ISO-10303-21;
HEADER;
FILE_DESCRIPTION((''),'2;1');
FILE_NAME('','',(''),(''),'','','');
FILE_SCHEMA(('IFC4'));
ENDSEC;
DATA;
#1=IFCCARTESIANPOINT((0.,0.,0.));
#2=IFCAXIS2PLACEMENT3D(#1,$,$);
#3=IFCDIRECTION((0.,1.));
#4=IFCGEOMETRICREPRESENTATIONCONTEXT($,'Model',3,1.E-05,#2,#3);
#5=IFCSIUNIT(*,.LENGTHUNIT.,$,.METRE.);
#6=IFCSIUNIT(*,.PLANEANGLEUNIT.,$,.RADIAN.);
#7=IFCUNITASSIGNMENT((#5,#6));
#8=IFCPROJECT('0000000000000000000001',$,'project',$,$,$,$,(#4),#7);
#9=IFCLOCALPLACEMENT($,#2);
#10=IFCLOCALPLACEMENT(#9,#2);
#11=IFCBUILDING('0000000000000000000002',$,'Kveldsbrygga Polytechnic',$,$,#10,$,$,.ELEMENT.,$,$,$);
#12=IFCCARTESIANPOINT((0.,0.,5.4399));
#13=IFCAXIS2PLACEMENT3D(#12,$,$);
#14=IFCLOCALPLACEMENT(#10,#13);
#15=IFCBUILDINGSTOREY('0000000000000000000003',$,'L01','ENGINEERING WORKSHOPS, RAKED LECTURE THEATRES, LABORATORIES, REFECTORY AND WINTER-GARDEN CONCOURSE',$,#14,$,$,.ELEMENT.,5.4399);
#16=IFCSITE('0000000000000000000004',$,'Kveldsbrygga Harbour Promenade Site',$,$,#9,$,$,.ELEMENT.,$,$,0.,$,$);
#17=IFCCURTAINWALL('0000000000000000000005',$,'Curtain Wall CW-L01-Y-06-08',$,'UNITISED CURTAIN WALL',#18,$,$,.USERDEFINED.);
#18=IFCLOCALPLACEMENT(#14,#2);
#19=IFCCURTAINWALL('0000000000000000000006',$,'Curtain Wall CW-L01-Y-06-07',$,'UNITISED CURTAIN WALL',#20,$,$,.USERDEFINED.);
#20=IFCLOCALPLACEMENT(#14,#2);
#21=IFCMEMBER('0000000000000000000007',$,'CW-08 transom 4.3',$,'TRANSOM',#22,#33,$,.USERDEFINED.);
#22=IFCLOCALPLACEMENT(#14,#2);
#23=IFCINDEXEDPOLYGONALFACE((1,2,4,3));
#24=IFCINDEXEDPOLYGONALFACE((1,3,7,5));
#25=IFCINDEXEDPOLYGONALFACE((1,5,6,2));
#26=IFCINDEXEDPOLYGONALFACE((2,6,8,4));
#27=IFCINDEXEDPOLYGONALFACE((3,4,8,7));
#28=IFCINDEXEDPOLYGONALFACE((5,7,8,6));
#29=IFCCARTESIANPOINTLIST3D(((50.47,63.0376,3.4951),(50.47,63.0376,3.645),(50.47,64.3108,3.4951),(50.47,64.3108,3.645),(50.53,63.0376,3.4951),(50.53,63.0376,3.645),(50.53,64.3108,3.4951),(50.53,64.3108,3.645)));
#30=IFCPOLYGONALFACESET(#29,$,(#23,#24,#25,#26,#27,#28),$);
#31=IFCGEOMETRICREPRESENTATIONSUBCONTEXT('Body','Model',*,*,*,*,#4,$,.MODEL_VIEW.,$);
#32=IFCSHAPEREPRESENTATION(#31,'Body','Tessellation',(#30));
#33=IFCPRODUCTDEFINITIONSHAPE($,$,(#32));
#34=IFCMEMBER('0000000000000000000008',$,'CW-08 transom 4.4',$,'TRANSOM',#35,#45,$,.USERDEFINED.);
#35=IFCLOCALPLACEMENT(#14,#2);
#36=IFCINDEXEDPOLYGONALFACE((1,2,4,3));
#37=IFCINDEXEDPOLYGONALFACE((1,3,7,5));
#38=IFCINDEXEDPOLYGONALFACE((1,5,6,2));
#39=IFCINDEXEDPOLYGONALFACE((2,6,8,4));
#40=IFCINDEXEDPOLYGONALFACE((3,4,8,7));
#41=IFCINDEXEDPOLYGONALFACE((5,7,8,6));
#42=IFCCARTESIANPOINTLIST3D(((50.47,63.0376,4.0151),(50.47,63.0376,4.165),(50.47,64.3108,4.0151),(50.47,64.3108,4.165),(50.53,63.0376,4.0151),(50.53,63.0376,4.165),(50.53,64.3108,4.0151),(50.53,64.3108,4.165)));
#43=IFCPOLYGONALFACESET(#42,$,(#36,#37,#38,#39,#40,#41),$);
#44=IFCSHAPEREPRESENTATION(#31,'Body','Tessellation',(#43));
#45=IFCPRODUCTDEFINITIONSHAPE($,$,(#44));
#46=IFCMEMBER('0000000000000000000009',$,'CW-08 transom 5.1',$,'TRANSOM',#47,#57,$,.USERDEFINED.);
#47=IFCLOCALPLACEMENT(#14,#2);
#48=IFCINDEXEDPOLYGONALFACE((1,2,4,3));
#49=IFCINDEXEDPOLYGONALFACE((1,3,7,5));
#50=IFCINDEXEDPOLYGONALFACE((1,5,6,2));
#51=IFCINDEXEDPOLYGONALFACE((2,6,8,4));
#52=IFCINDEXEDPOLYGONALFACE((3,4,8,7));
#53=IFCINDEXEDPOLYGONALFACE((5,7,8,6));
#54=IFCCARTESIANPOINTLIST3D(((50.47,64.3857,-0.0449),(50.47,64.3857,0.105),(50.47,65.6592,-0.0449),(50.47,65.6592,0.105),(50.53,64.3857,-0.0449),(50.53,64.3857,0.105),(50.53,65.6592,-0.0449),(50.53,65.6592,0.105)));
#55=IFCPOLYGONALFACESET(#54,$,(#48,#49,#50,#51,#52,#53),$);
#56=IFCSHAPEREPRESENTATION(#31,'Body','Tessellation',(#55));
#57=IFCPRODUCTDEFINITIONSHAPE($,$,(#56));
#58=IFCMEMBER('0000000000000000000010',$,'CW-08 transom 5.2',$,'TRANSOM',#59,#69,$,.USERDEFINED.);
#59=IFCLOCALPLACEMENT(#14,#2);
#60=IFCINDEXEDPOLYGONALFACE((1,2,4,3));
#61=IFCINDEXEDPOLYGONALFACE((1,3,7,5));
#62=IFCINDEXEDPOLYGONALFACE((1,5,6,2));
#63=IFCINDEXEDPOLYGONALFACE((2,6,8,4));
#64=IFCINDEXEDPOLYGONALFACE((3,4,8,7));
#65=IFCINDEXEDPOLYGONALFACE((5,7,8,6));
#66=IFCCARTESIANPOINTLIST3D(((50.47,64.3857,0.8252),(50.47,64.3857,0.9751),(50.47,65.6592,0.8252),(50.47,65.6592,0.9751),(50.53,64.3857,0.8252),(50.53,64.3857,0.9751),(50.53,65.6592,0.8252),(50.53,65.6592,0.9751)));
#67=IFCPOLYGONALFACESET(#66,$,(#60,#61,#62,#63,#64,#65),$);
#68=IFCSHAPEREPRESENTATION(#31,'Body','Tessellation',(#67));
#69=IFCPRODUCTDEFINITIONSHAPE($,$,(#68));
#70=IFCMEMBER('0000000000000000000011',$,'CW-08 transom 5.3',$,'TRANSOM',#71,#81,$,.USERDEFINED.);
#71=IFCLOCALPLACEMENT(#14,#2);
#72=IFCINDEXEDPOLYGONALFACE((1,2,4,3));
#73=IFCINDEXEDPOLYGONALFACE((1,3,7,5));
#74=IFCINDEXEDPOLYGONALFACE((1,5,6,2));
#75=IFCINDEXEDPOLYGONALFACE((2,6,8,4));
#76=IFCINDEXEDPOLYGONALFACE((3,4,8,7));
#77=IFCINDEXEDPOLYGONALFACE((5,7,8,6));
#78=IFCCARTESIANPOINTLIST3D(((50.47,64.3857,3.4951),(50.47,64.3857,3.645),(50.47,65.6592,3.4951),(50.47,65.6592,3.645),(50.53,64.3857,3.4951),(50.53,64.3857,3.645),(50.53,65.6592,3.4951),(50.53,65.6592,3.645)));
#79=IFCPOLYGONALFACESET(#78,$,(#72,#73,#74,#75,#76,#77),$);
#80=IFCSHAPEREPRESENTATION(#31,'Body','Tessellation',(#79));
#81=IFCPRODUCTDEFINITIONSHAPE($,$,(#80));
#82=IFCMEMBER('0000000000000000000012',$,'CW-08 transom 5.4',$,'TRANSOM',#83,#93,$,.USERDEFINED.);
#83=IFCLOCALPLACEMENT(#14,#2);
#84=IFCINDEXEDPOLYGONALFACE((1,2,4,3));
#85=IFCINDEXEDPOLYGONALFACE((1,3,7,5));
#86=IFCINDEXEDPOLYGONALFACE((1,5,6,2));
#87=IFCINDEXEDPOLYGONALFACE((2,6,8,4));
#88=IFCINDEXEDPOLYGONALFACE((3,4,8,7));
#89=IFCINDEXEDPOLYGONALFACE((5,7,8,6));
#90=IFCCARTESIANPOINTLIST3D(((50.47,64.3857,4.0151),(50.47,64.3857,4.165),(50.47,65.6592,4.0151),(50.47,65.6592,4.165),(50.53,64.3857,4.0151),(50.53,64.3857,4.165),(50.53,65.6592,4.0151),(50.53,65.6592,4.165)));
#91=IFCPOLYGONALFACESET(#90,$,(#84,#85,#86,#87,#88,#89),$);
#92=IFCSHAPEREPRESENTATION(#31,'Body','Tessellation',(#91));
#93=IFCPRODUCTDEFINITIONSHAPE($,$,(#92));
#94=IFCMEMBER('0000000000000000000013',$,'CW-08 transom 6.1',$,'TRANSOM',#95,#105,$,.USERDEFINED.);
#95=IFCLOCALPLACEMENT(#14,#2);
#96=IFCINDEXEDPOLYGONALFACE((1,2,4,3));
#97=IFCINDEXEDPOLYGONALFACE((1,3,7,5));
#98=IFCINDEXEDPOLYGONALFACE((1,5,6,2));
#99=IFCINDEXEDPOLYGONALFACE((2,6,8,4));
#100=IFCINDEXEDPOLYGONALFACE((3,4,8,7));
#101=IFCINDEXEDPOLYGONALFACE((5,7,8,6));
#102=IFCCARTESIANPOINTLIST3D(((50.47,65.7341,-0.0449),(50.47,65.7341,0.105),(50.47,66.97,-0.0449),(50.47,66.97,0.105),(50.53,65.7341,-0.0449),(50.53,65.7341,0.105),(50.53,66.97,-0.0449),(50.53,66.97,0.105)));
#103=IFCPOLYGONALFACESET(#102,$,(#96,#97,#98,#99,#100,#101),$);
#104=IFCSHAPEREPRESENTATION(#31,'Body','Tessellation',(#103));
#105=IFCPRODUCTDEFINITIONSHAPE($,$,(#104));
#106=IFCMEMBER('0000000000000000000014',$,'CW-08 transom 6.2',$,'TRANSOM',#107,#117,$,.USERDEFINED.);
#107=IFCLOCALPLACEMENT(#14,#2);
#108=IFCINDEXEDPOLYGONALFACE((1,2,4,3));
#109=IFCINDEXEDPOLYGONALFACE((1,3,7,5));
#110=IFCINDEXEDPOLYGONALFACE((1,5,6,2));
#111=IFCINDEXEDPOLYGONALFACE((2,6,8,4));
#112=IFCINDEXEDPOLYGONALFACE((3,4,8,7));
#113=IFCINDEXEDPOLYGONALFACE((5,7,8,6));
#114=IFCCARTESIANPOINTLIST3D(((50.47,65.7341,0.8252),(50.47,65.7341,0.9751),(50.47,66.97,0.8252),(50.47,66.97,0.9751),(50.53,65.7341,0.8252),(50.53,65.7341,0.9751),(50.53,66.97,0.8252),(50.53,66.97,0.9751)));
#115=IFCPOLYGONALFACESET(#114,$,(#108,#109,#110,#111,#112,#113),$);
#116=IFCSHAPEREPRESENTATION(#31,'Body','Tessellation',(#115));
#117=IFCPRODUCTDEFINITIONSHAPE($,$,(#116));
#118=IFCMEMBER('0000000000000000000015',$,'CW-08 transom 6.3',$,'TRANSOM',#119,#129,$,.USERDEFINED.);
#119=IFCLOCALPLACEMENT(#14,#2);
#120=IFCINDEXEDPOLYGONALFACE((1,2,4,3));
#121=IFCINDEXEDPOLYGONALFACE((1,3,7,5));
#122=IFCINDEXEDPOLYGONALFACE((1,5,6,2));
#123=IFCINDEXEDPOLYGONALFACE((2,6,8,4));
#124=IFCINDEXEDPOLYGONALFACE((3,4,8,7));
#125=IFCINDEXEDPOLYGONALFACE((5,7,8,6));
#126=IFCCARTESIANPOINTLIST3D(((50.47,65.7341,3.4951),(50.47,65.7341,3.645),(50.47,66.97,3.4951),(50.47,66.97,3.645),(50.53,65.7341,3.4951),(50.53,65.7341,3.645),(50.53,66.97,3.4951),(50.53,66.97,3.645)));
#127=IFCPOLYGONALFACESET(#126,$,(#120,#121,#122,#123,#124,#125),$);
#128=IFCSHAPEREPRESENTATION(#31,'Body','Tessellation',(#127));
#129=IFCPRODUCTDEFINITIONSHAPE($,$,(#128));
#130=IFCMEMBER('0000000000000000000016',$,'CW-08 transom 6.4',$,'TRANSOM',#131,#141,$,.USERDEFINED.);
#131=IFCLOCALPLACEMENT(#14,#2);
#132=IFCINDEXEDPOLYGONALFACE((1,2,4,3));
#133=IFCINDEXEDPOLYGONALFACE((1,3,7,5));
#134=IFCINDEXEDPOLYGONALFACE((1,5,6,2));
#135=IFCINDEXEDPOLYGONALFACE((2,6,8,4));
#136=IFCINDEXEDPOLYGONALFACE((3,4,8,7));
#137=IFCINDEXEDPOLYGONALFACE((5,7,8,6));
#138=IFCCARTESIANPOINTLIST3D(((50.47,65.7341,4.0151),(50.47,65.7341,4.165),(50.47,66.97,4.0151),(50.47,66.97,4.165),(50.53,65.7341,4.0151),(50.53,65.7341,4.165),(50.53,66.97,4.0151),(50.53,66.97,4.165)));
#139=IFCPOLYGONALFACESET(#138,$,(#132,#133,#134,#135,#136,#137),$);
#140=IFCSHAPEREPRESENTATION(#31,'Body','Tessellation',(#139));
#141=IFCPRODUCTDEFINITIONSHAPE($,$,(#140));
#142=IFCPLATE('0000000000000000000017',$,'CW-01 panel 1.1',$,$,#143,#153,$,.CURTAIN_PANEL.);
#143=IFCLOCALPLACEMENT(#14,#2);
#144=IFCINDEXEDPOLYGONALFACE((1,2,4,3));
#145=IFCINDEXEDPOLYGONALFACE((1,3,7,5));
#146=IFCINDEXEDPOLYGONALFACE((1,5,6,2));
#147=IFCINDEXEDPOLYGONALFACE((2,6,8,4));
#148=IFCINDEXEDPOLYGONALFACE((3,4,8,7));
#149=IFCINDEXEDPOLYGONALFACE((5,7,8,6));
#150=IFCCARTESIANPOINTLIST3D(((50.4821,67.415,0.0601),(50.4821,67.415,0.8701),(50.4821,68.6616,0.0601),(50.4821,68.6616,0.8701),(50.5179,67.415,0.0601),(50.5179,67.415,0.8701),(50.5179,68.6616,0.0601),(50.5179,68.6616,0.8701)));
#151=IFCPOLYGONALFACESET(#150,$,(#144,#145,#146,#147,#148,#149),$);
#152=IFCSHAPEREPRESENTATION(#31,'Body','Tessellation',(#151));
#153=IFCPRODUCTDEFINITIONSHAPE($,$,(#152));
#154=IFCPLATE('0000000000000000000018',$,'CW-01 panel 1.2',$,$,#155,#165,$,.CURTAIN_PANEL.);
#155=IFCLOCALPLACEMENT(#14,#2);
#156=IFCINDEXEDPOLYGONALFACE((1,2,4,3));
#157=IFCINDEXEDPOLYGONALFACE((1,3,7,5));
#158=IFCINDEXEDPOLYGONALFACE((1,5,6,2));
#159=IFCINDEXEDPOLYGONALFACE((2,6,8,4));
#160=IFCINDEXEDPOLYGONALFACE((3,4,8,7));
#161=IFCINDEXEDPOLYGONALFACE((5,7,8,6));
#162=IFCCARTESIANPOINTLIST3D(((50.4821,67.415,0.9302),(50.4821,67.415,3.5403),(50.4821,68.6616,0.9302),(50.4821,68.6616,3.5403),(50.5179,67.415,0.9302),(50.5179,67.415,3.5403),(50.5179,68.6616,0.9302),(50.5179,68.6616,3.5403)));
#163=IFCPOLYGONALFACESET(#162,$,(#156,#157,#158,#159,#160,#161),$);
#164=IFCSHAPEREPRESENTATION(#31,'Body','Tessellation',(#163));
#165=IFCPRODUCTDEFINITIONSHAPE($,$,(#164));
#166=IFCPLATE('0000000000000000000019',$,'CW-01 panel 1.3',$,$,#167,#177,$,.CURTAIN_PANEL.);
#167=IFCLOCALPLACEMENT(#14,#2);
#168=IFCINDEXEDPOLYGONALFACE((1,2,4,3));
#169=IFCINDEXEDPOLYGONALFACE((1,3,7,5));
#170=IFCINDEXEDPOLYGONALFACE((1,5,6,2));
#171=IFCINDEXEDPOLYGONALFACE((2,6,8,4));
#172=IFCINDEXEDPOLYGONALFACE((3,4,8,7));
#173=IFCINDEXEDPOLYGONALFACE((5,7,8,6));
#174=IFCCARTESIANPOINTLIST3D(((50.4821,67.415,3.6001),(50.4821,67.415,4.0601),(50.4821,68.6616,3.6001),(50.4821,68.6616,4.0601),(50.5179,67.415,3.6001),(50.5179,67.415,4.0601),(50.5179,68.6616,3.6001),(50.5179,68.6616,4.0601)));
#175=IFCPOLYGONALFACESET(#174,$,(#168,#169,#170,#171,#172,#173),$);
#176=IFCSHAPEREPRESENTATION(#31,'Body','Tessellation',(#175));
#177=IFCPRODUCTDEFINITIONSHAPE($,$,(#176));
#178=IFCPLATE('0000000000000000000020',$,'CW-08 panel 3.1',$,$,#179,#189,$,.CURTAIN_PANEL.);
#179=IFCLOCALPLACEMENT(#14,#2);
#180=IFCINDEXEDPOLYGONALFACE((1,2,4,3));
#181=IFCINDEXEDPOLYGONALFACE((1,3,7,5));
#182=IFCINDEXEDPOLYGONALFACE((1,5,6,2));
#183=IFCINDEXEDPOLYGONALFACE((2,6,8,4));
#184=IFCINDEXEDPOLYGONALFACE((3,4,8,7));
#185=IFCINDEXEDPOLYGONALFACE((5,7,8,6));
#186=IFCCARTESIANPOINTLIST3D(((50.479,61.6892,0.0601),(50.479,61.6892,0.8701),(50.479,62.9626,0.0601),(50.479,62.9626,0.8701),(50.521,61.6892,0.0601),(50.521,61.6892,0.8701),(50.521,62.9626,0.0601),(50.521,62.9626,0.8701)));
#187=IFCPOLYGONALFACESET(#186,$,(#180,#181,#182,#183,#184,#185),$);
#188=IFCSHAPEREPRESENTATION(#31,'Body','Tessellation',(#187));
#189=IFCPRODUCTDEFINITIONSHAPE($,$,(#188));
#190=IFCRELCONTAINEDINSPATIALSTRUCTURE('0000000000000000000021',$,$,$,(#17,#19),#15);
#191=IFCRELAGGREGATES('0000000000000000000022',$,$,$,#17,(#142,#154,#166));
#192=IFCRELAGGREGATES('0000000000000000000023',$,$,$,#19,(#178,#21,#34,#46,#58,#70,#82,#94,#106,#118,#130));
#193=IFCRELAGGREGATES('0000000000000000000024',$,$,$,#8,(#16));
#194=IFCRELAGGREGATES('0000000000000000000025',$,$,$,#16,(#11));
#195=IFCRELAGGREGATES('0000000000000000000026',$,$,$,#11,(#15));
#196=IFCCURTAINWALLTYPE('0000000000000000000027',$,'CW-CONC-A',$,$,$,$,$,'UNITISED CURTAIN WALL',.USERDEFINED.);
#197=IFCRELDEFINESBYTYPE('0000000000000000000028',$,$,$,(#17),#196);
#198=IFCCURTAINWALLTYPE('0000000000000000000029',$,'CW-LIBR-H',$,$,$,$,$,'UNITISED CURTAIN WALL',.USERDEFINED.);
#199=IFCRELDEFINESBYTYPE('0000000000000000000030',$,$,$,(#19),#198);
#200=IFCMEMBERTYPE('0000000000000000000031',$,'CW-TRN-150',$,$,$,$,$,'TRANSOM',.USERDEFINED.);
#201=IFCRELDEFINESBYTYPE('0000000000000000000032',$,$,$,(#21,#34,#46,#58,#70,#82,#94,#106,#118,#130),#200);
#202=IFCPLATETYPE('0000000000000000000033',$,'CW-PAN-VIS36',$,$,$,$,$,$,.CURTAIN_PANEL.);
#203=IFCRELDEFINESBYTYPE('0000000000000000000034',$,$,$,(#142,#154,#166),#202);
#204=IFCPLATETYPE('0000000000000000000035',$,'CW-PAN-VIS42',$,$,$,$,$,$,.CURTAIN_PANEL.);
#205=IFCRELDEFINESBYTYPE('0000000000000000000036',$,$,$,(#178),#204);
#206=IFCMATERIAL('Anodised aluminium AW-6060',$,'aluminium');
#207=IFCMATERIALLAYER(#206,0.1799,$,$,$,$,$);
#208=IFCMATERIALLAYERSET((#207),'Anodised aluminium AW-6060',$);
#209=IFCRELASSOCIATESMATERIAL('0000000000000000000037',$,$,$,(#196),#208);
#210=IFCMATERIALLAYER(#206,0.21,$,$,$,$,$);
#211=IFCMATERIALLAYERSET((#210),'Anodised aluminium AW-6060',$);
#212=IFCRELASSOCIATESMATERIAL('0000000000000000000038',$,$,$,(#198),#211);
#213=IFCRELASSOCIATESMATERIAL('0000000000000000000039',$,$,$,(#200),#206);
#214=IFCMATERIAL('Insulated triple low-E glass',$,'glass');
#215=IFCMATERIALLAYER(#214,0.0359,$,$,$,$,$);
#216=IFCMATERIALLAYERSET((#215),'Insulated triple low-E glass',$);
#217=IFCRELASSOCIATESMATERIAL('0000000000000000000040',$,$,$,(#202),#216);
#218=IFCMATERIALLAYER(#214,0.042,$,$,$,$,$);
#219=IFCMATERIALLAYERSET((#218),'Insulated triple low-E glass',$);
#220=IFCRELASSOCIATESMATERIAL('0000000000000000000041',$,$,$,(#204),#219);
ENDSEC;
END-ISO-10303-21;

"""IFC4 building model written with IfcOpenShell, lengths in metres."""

from ifc_helpers import new_model, si_unit, direction, frame, origin, origin_2d, place, context, subcontext, project, spatial, rectangle, extrude, material, layer, layer_set, material_profile, profile_set, type_object, element, aggregate, save


model = new_model("IFC4")

# Units and contexts
model_context = context("Model", 3, precision=1e-05, world=origin(), true_north=direction((0.0, 1.0)))
body_context = subcontext(model_context, "Body", "Model", "MODEL_VIEW")
ifc_project = project(units=[si_unit("LENGTHUNIT", "METRE"), si_unit("PLANEANGLEUNIT", "RADIAN")], contexts=[model_context])

# Site, building, storey
site_placement = place(None, origin())
site = spatial("IfcSite", under=ifc_project, at=site_placement, Name="Kveldsbrygga Harbour Promenade Site", CompositionType="ELEMENT", RefElevation=0.0)
building_placement = place(site_placement, origin())
building = spatial("IfcBuilding", under=site, at=building_placement, Name="Kveldsbrygga Polytechnic", CompositionType="ELEMENT")
storey_placement = place(building_placement, frame((0.0, 0.0, 5.4399)))
storey = spatial("IfcBuildingStorey", under=building, at=storey_placement, Name="L01", Description="ENGINEERING WORKSHOPS, RAKED LECTURE THEATRES, LABORATORIES, REFECTORY AND WINTER-GARDEN CONCOURSE", CompositionType="ELEMENT", Elevation=5.4399)

# Curtain walls
ifc_material_1 = material(Name="Anodised aluminium AW-6060", Category="aluminium")
ifc_layer_1 = layer(ifc_material_1, 0.1799)
ifc_layer_set_1 = layer_set([ifc_layer_1], Name="Anodised aluminium AW-6060")
curtain_wall_type_1 = type_object("IfcCurtainWallType", Name="CW-CONC-A", ElementType="UNITISED CURTAIN WALL", PredefinedType="USERDEFINED", material=ifc_layer_set_1)
curtain_wall_1_placement = place(storey_placement, origin())
curtain_wall_1 = element("IfcCurtainWall", 1, at=curtain_wall_1_placement, inside=storey, type_object=curtain_wall_type_1, Name="Curtain Wall CW-L01-Y-06-08", ObjectType="UNITISED CURTAIN WALL", PredefinedType="USERDEFINED")
ifc_layer_2 = layer(ifc_material_1, 0.21)
ifc_layer_set_2 = layer_set([ifc_layer_2], Name="Anodised aluminium AW-6060")
curtain_wall_type_2 = type_object("IfcCurtainWallType", Name="CW-LIBR-H", ElementType="UNITISED CURTAIN WALL", PredefinedType="USERDEFINED", material=ifc_layer_set_2)
curtain_wall_2_placement = place(storey_placement, origin())
curtain_wall_2 = element("IfcCurtainWall", 2, at=curtain_wall_2_placement, inside=storey, type_object=curtain_wall_type_2, Name="Curtain Wall CW-L01-Y-06-07", ObjectType="UNITISED CURTAIN WALL", PredefinedType="USERDEFINED")

# Members
ifc_material_profile_1 = material_profile(ifc_material_1, rectangle(XDim=0.0601, YDim=0.1499, at=origin_2d()), Name="ALU 60x150")
ifc_profile_set_1 = profile_set([ifc_material_profile_1], Name="Anodised aluminium AW-6060")
member_type_1 = type_object("IfcMemberType", Name="CW-TRN-150", ElementType="TRANSOM", PredefinedType="USERDEFINED", material=ifc_profile_set_1)
member_1_placement = place(storey_placement, frame((50.5, 63.0376, 3.5701), z_axis=(0.0, 1.0, 0.0), x_axis=(-1.0, 0.0, 0.0)))
member_1 = element("IfcMember", 3, at=member_1_placement, type_object=member_type_1, Name="CW-08 transom 4.3", ObjectType="TRANSOM", PredefinedType="USERDEFINED", context=body_context, shape_type="SweptSolid", body=[
    extrude(rectangle(XDim=0.0601, YDim=0.1499, at=origin_2d()), origin(), (0.0, 0.0, 1.0), 1.2732),
])
member_2_placement = place(storey_placement, frame((50.5, 63.0376, 4.0901), z_axis=(0.0, 1.0, 0.0), x_axis=(-1.0, 0.0, 0.0)))
member_2 = element("IfcMember", 4, at=member_2_placement, type_object=member_type_1, Name="CW-08 transom 4.4", ObjectType="TRANSOM", PredefinedType="USERDEFINED", context=body_context, shape_type="SweptSolid", body=[
    extrude(rectangle(XDim=0.0601, YDim=0.1499, at=origin_2d()), origin(), (0.0, 0.0, 1.0), 1.2732),
])
member_3_placement = place(storey_placement, frame((50.5, 64.3857, 0.03), z_axis=(0.0, 1.0, 0.0), x_axis=(-1.0, 0.0, 0.0)))
member_3 = element("IfcMember", 5, at=member_3_placement, type_object=member_type_1, Name="CW-08 transom 5.1", ObjectType="TRANSOM", PredefinedType="USERDEFINED", context=body_context, shape_type="SweptSolid", body=[
    extrude(rectangle(XDim=0.0601, YDim=0.1499, at=origin_2d()), origin(), (0.0, 0.0, 1.0), 1.2734),
])
member_4_placement = place(storey_placement, frame((50.5, 64.3857, 0.9001), z_axis=(0.0, 1.0, 0.0), x_axis=(-1.0, 0.0, 0.0)))
member_4 = element("IfcMember", 6, at=member_4_placement, type_object=member_type_1, Name="CW-08 transom 5.2", ObjectType="TRANSOM", PredefinedType="USERDEFINED", context=body_context, shape_type="SweptSolid", body=[
    extrude(rectangle(XDim=0.0601, YDim=0.1499, at=origin_2d()), origin(), (0.0, 0.0, 1.0), 1.2734),
])
member_5_placement = place(storey_placement, frame((50.5, 64.3857, 3.5701), z_axis=(0.0, 1.0, 0.0), x_axis=(-1.0, 0.0, 0.0)))
member_5 = element("IfcMember", 7, at=member_5_placement, type_object=member_type_1, Name="CW-08 transom 5.3", ObjectType="TRANSOM", PredefinedType="USERDEFINED", context=body_context, shape_type="SweptSolid", body=[
    extrude(rectangle(XDim=0.0601, YDim=0.1499, at=origin_2d()), origin(), (0.0, 0.0, 1.0), 1.2734),
])
member_6_placement = place(storey_placement, frame((50.5, 64.3857, 4.0901), z_axis=(0.0, 1.0, 0.0), x_axis=(-1.0, 0.0, 0.0)))
member_6 = element("IfcMember", 8, at=member_6_placement, type_object=member_type_1, Name="CW-08 transom 5.4", ObjectType="TRANSOM", PredefinedType="USERDEFINED", context=body_context, shape_type="SweptSolid", body=[
    extrude(rectangle(XDim=0.0601, YDim=0.1499, at=origin_2d()), origin(), (0.0, 0.0, 1.0), 1.2734),
])
member_7_placement = place(storey_placement, frame((50.5, 65.7341, 0.03), z_axis=(0.0, 1.0, 0.0), x_axis=(-1.0, 0.0, 0.0)))
member_7 = element("IfcMember", 9, at=member_7_placement, type_object=member_type_1, Name="CW-08 transom 6.1", ObjectType="TRANSOM", PredefinedType="USERDEFINED", context=body_context, shape_type="SweptSolid", body=[
    extrude(rectangle(XDim=0.0601, YDim=0.1499, at=origin_2d()), origin(), (0.0, 0.0, 1.0), 1.2358),
])
member_8_placement = place(storey_placement, frame((50.5, 65.7341, 0.9001), z_axis=(0.0, 1.0, 0.0), x_axis=(-1.0, 0.0, 0.0)))
member_8 = element("IfcMember", 10, at=member_8_placement, type_object=member_type_1, Name="CW-08 transom 6.2", ObjectType="TRANSOM", PredefinedType="USERDEFINED", context=body_context, shape_type="SweptSolid", body=[
    extrude(rectangle(XDim=0.0601, YDim=0.1499, at=origin_2d()), origin(), (0.0, 0.0, 1.0), 1.2358),
])
member_9_placement = place(storey_placement, frame((50.5, 65.7341, 3.5701), z_axis=(0.0, 1.0, 0.0), x_axis=(-1.0, 0.0, 0.0)))
member_9 = element("IfcMember", 11, at=member_9_placement, type_object=member_type_1, Name="CW-08 transom 6.3", ObjectType="TRANSOM", PredefinedType="USERDEFINED", context=body_context, shape_type="SweptSolid", body=[
    extrude(rectangle(XDim=0.0601, YDim=0.1499, at=origin_2d()), origin(), (0.0, 0.0, 1.0), 1.2358),
])
member_10_placement = place(storey_placement, frame((50.5, 65.7341, 4.0901), z_axis=(0.0, 1.0, 0.0), x_axis=(-1.0, 0.0, 0.0)))
member_10 = element("IfcMember", 12, at=member_10_placement, type_object=member_type_1, Name="CW-08 transom 6.4", ObjectType="TRANSOM", PredefinedType="USERDEFINED", context=body_context, shape_type="SweptSolid", body=[
    extrude(rectangle(XDim=0.0601, YDim=0.1499, at=origin_2d()), origin(), (0.0, 0.0, 1.0), 1.2358),
])

# Plates
ifc_material_2 = material(Name="Insulated triple low-E glass", Category="glass")
ifc_layer_3 = layer(ifc_material_2, 0.0359)
ifc_layer_set_3 = layer_set([ifc_layer_3], Name="Insulated triple low-E glass")
plate_type_1 = type_object("IfcPlateType", Name="CW-PAN-VIS36", PredefinedType="CURTAIN_PANEL", material=ifc_layer_set_3)
plate_1_placement = place(storey_placement, frame((50.5, 68.0383, 0.0601), z_axis=(0.0, 0.0, 1.0), x_axis=(0.0, 1.0, 0.0)))
plate_1 = element("IfcPlate", 13, at=plate_1_placement, type_object=plate_type_1, Name="CW-01 panel 1.1", PredefinedType="CURTAIN_PANEL", context=body_context, shape_type="SweptSolid", body=[
    extrude(rectangle(XDim=1.2466, YDim=0.0359, at=origin_2d()), origin(), (0.0, 0.0, 1.0), 0.8101),
])
plate_2_placement = place(storey_placement, frame((50.5, 68.0383, 0.9302), z_axis=(0.0, 0.0, 1.0), x_axis=(0.0, 1.0, 0.0)))
plate_2 = element("IfcPlate", 14, at=plate_2_placement, type_object=plate_type_1, Name="CW-01 panel 1.2", PredefinedType="CURTAIN_PANEL", context=body_context, shape_type="SweptSolid", body=[
    extrude(rectangle(XDim=1.2466, YDim=0.0359, at=origin_2d()), origin(), (0.0, 0.0, 1.0), 2.6101),
])
plate_3_placement = place(storey_placement, frame((50.5, 68.0383, 3.6001), z_axis=(0.0, 0.0, 1.0), x_axis=(0.0, 1.0, 0.0)))
plate_3 = element("IfcPlate", 15, at=plate_3_placement, type_object=plate_type_1, Name="CW-01 panel 1.3", PredefinedType="CURTAIN_PANEL", context=body_context, shape_type="SweptSolid", body=[
    extrude(rectangle(XDim=1.2466, YDim=0.0359, at=origin_2d()), origin(), (0.0, 0.0, 1.0), 0.46),
])
aggregate(curtain_wall_1, [plate_1, plate_2, plate_3])
ifc_layer_4 = layer(ifc_material_2, 0.042)
ifc_layer_set_4 = layer_set([ifc_layer_4], Name="Insulated triple low-E glass")
plate_type_2 = type_object("IfcPlateType", Name="CW-PAN-VIS42", PredefinedType="CURTAIN_PANEL", material=ifc_layer_set_4)
plate_4_placement = place(storey_placement, frame((50.5, 62.3259, 0.0601), z_axis=(0.0, 0.0, 1.0), x_axis=(0.0, 1.0, 0.0)))
plate_4 = element("IfcPlate", 16, at=plate_4_placement, type_object=plate_type_2, Name="CW-08 panel 3.1", PredefinedType="CURTAIN_PANEL", context=body_context, shape_type="SweptSolid", body=[
    extrude(rectangle(XDim=1.2734, YDim=0.042, at=origin_2d()), origin(), (0.0, 0.0, 1.0), 0.8101),
])
aggregate(curtain_wall_2, [plate_4, member_1, member_2, member_3, member_4, member_5, member_6, member_7, member_8, member_9, member_10])

save(model, "model.ifc")
